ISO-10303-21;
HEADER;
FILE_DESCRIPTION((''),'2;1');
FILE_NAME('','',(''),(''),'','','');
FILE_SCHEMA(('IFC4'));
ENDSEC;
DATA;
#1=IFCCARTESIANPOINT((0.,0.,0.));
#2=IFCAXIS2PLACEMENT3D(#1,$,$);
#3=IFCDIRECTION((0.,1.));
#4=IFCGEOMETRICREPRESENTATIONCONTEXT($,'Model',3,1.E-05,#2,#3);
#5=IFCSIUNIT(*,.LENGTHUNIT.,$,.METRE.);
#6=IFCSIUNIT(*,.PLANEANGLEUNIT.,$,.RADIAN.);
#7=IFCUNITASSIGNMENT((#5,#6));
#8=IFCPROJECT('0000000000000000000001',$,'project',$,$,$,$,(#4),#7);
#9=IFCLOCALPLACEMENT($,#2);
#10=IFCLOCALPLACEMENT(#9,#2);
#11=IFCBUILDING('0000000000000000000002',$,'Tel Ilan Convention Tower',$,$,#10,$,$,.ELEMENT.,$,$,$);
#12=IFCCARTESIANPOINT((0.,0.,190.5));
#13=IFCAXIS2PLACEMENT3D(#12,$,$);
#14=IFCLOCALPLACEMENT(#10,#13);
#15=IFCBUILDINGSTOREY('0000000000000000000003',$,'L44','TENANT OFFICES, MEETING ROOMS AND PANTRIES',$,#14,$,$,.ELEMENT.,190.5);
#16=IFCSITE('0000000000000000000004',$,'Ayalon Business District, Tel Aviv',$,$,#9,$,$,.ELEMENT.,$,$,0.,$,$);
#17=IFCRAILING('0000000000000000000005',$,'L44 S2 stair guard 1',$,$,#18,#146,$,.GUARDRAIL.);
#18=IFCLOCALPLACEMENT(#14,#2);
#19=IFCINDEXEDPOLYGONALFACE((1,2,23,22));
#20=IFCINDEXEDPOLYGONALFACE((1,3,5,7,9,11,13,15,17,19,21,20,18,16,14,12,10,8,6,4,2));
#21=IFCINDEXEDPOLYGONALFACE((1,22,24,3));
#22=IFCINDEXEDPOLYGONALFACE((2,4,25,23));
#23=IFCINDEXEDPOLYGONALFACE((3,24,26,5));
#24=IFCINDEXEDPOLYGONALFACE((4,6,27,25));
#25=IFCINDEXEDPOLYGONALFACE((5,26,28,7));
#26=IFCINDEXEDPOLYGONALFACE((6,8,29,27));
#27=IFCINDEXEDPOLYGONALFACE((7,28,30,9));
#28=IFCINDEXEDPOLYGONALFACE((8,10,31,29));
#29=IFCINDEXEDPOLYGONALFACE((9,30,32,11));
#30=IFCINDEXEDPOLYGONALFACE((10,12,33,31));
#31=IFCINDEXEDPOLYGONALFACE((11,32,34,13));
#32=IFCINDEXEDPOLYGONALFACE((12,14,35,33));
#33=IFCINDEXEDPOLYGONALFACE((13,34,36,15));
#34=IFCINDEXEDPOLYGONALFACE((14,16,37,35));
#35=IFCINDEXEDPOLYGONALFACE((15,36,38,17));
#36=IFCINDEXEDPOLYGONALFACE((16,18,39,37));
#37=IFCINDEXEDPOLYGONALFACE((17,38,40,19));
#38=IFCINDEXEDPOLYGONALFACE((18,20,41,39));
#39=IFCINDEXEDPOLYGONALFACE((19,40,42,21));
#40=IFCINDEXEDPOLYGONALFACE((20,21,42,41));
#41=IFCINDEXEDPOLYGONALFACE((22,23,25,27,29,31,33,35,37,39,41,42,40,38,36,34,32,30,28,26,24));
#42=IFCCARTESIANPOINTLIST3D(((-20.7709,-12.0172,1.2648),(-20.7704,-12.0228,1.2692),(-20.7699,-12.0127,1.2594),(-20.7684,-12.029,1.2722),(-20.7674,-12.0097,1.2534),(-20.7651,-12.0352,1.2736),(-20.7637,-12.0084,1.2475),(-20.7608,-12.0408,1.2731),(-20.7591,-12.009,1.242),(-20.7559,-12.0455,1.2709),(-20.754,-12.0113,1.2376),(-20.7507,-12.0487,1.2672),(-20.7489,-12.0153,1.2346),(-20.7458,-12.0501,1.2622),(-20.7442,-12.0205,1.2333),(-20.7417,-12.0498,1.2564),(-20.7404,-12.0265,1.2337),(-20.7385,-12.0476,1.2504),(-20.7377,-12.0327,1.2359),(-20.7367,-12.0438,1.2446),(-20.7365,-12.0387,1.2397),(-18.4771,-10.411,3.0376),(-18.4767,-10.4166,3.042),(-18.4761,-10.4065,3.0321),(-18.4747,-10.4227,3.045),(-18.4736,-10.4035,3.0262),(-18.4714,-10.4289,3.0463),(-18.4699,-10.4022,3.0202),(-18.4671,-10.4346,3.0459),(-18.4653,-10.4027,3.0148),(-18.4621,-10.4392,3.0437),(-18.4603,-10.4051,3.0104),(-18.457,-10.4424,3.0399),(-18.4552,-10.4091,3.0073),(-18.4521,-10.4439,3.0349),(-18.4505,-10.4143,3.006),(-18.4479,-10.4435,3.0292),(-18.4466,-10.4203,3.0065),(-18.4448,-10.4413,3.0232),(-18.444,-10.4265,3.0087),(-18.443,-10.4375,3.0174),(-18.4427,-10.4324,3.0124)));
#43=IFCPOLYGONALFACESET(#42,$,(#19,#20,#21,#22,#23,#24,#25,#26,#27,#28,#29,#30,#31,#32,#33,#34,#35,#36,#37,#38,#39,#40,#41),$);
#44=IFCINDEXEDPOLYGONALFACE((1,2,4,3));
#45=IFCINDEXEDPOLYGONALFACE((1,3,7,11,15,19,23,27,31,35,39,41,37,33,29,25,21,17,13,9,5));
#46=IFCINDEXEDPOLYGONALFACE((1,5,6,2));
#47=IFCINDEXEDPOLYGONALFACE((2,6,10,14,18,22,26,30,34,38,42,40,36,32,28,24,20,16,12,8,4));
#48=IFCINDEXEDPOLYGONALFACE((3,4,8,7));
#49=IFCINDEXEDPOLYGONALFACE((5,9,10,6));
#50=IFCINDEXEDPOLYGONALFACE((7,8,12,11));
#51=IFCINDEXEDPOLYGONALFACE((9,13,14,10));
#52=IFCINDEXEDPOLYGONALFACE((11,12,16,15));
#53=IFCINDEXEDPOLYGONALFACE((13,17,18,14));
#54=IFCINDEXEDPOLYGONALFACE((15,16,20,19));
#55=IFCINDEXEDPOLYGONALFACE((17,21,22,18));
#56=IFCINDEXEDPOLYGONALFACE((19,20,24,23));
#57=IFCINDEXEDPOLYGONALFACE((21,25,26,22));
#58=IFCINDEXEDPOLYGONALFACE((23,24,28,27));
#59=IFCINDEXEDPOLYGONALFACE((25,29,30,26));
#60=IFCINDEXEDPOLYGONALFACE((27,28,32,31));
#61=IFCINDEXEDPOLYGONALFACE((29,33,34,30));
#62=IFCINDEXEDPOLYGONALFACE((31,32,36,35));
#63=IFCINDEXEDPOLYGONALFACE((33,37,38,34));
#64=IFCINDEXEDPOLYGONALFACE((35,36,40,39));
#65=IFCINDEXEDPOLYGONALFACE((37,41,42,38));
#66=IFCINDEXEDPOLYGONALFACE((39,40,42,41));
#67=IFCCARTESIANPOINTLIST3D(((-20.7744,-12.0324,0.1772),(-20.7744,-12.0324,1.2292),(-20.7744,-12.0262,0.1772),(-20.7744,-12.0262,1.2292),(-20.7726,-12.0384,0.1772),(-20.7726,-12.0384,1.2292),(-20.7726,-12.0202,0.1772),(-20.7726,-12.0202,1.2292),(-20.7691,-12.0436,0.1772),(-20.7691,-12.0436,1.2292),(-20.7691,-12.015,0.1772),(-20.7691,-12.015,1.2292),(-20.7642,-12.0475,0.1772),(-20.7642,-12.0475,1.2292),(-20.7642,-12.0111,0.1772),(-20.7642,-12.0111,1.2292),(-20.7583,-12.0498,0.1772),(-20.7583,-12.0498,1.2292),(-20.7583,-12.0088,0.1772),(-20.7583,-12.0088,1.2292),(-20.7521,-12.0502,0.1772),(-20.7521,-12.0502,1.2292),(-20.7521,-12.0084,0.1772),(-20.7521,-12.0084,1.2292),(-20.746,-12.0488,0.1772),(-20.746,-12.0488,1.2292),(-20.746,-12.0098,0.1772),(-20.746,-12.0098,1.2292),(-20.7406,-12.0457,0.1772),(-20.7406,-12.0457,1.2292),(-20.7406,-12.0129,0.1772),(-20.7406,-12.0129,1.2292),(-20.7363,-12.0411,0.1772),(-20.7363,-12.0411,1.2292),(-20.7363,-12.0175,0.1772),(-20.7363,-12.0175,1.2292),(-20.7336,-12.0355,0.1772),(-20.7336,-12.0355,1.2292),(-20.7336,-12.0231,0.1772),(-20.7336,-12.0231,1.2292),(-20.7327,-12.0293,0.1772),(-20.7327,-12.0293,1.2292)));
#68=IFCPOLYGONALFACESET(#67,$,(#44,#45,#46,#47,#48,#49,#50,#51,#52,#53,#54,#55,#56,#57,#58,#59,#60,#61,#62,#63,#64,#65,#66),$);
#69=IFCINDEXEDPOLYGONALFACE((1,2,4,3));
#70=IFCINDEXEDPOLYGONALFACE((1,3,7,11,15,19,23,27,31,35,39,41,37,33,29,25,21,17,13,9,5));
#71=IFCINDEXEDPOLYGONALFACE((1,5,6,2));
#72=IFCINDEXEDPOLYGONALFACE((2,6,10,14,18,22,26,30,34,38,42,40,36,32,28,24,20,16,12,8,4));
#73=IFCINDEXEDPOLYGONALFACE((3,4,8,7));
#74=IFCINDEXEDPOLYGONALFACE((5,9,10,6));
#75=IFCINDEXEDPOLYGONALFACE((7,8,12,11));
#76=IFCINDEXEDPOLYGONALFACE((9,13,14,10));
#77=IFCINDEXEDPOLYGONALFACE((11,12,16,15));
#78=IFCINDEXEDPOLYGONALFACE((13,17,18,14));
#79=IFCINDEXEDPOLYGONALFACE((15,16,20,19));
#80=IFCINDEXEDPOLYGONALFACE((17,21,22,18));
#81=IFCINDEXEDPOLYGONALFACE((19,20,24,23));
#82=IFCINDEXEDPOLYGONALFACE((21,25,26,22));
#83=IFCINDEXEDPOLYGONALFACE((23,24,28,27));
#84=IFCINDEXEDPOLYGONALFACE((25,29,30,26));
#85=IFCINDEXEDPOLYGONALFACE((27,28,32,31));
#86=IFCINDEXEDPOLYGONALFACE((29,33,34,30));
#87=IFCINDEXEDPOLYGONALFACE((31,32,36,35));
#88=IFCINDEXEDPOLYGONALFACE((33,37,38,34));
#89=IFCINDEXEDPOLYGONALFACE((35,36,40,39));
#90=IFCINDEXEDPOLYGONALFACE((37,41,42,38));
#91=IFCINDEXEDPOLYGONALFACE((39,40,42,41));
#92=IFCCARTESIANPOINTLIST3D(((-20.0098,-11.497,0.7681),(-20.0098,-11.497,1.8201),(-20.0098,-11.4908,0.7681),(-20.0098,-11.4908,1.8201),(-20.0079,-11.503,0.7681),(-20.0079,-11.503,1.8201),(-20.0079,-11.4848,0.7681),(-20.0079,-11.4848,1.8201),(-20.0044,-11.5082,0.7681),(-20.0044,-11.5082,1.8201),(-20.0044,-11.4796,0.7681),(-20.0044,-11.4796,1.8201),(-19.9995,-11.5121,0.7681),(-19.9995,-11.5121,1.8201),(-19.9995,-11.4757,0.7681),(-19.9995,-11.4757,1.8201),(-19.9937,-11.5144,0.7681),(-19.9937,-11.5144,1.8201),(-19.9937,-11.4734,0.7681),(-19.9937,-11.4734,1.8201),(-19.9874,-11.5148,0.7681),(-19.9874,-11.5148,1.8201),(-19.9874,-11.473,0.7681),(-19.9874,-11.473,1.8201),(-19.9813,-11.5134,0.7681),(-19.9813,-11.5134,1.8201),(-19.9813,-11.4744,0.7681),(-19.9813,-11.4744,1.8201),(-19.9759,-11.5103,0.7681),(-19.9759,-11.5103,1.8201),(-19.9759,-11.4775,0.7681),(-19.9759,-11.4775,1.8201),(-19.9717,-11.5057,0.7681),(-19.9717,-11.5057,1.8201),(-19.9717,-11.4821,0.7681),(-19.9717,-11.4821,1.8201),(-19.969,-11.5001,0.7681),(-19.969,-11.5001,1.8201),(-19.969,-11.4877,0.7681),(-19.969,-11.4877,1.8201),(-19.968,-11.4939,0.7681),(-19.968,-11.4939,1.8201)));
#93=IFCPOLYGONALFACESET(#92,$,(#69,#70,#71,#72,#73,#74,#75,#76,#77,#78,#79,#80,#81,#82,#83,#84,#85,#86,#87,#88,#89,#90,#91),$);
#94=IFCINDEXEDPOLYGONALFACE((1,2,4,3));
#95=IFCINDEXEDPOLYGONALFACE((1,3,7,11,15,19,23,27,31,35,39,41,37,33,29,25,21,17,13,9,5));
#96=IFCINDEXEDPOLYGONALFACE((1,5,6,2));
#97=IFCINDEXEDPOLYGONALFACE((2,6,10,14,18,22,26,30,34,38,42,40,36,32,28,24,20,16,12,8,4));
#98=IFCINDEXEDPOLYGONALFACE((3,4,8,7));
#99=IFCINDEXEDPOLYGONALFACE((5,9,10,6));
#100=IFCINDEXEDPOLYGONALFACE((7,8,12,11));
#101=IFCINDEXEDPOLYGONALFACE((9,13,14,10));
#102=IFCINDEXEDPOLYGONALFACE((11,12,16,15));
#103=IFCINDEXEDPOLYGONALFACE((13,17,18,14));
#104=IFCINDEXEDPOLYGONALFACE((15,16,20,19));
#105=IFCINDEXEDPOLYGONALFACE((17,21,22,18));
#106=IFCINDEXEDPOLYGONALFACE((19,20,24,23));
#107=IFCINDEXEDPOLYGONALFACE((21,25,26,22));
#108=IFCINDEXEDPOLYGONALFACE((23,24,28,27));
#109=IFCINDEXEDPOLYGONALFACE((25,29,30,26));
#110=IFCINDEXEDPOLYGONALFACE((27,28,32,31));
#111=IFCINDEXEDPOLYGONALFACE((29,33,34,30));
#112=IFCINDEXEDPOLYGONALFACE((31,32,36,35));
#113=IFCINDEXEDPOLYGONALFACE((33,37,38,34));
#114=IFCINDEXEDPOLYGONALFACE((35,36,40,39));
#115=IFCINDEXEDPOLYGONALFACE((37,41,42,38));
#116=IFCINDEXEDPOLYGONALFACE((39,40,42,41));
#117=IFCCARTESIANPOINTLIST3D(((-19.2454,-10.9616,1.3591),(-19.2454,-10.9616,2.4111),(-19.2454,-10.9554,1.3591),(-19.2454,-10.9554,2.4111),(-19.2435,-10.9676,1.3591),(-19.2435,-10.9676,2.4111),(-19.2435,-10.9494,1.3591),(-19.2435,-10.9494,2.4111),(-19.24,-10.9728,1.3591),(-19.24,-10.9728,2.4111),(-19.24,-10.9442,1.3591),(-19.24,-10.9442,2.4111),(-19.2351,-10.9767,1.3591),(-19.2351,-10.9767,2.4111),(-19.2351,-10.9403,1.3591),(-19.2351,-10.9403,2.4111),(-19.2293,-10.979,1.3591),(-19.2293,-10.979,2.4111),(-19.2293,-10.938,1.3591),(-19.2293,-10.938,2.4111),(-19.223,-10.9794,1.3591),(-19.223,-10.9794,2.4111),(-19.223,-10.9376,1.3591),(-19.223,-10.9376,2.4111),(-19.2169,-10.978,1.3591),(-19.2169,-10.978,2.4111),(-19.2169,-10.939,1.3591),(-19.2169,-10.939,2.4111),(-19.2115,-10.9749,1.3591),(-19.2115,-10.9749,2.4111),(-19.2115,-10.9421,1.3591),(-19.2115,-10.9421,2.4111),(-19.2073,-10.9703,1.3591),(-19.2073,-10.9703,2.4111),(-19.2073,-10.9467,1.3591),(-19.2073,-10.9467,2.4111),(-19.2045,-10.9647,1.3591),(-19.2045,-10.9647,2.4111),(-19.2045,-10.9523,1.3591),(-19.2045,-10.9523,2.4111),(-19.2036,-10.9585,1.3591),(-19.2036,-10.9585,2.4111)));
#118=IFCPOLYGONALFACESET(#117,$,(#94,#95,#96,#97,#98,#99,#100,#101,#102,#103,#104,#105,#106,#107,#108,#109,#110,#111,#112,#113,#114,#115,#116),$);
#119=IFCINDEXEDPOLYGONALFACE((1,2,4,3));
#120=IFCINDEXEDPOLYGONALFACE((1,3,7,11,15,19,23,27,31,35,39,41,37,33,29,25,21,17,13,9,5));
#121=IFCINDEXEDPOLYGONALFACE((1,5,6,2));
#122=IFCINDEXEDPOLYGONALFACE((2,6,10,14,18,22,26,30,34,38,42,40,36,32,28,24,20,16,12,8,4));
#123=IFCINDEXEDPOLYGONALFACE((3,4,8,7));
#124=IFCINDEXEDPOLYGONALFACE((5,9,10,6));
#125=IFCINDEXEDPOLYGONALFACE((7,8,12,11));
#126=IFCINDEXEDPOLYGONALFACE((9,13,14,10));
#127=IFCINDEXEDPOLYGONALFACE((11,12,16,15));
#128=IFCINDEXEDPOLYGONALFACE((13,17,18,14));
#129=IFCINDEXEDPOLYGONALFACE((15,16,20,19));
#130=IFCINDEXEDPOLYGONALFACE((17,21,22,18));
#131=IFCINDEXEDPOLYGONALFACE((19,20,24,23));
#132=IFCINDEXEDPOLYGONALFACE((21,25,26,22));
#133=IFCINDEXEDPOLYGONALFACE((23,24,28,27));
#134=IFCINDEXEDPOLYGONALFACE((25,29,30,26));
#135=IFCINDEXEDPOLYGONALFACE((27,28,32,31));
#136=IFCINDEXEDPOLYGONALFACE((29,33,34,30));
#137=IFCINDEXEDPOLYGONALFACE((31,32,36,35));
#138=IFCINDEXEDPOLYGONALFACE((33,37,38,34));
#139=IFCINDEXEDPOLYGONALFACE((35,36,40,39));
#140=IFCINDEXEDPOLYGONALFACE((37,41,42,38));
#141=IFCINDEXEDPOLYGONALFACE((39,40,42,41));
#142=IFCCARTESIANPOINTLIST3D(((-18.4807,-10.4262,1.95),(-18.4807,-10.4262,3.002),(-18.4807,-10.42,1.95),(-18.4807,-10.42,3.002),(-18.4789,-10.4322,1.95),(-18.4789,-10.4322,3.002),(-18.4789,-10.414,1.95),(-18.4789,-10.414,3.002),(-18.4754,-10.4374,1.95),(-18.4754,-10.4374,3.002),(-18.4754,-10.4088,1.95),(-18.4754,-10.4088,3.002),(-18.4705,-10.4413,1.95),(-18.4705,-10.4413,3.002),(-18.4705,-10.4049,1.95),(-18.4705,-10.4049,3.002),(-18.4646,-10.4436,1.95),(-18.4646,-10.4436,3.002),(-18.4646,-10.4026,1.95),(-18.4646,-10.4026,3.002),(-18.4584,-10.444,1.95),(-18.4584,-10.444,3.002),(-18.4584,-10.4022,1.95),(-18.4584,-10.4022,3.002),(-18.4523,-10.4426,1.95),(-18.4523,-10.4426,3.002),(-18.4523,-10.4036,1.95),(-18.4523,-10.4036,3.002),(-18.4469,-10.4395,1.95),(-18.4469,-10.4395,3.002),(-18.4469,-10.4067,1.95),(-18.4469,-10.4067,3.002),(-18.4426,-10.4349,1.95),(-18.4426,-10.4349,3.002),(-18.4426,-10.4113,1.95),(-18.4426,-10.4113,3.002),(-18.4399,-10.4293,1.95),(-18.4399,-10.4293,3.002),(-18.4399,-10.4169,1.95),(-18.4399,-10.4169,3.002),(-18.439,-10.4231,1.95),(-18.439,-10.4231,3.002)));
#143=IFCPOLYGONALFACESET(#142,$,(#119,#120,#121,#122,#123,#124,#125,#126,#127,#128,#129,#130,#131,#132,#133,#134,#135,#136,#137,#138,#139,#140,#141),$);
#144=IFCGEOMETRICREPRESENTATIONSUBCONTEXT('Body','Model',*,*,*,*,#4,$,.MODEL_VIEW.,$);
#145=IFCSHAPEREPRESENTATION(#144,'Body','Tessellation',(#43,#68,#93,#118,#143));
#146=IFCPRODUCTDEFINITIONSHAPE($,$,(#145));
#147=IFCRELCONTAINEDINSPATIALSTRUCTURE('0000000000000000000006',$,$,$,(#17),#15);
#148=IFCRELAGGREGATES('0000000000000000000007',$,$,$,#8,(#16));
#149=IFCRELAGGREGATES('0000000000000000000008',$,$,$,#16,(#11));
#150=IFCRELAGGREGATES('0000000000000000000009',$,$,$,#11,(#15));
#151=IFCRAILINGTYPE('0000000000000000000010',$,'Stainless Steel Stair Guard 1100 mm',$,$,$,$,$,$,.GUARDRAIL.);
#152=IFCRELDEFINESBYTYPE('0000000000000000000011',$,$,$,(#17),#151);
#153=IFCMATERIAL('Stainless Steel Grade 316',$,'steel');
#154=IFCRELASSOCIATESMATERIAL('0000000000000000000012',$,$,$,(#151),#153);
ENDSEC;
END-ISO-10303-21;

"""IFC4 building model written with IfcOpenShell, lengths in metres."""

from ifc_helpers import new_model, si_unit, direction, frame, origin, origin_2d, place, context, subcontext, project, spatial, circle, extrude, material, type_object, element, save


model = new_model("IFC4")

# Units and contexts
model_context = context("Model", 3, precision=1e-05, world=origin(), true_north=direction((0.0, 1.0)))
body_context = subcontext(model_context, "Body", "Model", "MODEL_VIEW")
ifc_project = project(units=[si_unit("LENGTHUNIT", "METRE"), si_unit("PLANEANGLEUNIT", "RADIAN")], contexts=[model_context])

# Site, building, storey
site_placement = place(None, origin())
site = spatial("IfcSite", under=ifc_project, at=site_placement, Name="Ayalon Business District, Tel Aviv", CompositionType="ELEMENT", RefElevation=0.0)
building_placement = place(site_placement, origin())
building = spatial("IfcBuilding", under=site, at=building_placement, Name="Tel Ilan Convention Tower", CompositionType="ELEMENT")
storey_placement = place(building_placement, frame((0.0, 0.0, 190.5)))
storey = spatial("IfcBuildingStorey", under=building, at=storey_placement, Name="L44", Description="TENANT OFFICES, MEETING ROOMS AND PANTRIES", CompositionType="ELEMENT", Elevation=190.5)

# Railing
ifc_material_1 = material(Name="Stainless Steel Grade 316", Category="steel")
railing_type_1 = type_object("IfcRailingType", Name="Stainless Steel Stair Guard 1100 mm", PredefinedType="GUARDRAIL", material=ifc_material_1)
railing_1_placement = place(storey_placement, frame((-20.7537, -12.0293, 0.1772)))
element("IfcRailing", 1, at=railing_1_placement, inside=storey, type_object=railing_type_1, Name="L44 S2 stair guard 1", PredefinedType="GUARDRAIL", context=body_context, shape_type="SweptSolid", body=[
    extrude(circle(Radius=0.0239, at=origin_2d()), frame((0.0, 0.0, 1.0762), z_axis=(0.692098, 0.484653, 0.534894), x_axis=(-0.573609, 0.81913, 0.0)), (0.0, 0.0, 1.0), 3.3142),
    extrude(circle(Radius=0.021, at=origin_2d()), origin(), (0.0, 0.0, 1.0), 1.052),
    extrude(circle(Radius=0.021, at=origin_2d()), frame((0.7646, 0.5354, 0.5908)), (0.0, 0.0, 1.0), 1.052),
    extrude(circle(Radius=0.021, at=origin_2d()), frame((1.5291, 1.0708, 1.1819)), (0.0, 0.0, 1.0), 1.052),
    extrude(circle(Radius=0.021, at=origin_2d()), frame((2.2937, 1.6062, 1.7727)), (0.0, 0.0, 1.0), 1.052),
])

save(model, "model.ifc")
